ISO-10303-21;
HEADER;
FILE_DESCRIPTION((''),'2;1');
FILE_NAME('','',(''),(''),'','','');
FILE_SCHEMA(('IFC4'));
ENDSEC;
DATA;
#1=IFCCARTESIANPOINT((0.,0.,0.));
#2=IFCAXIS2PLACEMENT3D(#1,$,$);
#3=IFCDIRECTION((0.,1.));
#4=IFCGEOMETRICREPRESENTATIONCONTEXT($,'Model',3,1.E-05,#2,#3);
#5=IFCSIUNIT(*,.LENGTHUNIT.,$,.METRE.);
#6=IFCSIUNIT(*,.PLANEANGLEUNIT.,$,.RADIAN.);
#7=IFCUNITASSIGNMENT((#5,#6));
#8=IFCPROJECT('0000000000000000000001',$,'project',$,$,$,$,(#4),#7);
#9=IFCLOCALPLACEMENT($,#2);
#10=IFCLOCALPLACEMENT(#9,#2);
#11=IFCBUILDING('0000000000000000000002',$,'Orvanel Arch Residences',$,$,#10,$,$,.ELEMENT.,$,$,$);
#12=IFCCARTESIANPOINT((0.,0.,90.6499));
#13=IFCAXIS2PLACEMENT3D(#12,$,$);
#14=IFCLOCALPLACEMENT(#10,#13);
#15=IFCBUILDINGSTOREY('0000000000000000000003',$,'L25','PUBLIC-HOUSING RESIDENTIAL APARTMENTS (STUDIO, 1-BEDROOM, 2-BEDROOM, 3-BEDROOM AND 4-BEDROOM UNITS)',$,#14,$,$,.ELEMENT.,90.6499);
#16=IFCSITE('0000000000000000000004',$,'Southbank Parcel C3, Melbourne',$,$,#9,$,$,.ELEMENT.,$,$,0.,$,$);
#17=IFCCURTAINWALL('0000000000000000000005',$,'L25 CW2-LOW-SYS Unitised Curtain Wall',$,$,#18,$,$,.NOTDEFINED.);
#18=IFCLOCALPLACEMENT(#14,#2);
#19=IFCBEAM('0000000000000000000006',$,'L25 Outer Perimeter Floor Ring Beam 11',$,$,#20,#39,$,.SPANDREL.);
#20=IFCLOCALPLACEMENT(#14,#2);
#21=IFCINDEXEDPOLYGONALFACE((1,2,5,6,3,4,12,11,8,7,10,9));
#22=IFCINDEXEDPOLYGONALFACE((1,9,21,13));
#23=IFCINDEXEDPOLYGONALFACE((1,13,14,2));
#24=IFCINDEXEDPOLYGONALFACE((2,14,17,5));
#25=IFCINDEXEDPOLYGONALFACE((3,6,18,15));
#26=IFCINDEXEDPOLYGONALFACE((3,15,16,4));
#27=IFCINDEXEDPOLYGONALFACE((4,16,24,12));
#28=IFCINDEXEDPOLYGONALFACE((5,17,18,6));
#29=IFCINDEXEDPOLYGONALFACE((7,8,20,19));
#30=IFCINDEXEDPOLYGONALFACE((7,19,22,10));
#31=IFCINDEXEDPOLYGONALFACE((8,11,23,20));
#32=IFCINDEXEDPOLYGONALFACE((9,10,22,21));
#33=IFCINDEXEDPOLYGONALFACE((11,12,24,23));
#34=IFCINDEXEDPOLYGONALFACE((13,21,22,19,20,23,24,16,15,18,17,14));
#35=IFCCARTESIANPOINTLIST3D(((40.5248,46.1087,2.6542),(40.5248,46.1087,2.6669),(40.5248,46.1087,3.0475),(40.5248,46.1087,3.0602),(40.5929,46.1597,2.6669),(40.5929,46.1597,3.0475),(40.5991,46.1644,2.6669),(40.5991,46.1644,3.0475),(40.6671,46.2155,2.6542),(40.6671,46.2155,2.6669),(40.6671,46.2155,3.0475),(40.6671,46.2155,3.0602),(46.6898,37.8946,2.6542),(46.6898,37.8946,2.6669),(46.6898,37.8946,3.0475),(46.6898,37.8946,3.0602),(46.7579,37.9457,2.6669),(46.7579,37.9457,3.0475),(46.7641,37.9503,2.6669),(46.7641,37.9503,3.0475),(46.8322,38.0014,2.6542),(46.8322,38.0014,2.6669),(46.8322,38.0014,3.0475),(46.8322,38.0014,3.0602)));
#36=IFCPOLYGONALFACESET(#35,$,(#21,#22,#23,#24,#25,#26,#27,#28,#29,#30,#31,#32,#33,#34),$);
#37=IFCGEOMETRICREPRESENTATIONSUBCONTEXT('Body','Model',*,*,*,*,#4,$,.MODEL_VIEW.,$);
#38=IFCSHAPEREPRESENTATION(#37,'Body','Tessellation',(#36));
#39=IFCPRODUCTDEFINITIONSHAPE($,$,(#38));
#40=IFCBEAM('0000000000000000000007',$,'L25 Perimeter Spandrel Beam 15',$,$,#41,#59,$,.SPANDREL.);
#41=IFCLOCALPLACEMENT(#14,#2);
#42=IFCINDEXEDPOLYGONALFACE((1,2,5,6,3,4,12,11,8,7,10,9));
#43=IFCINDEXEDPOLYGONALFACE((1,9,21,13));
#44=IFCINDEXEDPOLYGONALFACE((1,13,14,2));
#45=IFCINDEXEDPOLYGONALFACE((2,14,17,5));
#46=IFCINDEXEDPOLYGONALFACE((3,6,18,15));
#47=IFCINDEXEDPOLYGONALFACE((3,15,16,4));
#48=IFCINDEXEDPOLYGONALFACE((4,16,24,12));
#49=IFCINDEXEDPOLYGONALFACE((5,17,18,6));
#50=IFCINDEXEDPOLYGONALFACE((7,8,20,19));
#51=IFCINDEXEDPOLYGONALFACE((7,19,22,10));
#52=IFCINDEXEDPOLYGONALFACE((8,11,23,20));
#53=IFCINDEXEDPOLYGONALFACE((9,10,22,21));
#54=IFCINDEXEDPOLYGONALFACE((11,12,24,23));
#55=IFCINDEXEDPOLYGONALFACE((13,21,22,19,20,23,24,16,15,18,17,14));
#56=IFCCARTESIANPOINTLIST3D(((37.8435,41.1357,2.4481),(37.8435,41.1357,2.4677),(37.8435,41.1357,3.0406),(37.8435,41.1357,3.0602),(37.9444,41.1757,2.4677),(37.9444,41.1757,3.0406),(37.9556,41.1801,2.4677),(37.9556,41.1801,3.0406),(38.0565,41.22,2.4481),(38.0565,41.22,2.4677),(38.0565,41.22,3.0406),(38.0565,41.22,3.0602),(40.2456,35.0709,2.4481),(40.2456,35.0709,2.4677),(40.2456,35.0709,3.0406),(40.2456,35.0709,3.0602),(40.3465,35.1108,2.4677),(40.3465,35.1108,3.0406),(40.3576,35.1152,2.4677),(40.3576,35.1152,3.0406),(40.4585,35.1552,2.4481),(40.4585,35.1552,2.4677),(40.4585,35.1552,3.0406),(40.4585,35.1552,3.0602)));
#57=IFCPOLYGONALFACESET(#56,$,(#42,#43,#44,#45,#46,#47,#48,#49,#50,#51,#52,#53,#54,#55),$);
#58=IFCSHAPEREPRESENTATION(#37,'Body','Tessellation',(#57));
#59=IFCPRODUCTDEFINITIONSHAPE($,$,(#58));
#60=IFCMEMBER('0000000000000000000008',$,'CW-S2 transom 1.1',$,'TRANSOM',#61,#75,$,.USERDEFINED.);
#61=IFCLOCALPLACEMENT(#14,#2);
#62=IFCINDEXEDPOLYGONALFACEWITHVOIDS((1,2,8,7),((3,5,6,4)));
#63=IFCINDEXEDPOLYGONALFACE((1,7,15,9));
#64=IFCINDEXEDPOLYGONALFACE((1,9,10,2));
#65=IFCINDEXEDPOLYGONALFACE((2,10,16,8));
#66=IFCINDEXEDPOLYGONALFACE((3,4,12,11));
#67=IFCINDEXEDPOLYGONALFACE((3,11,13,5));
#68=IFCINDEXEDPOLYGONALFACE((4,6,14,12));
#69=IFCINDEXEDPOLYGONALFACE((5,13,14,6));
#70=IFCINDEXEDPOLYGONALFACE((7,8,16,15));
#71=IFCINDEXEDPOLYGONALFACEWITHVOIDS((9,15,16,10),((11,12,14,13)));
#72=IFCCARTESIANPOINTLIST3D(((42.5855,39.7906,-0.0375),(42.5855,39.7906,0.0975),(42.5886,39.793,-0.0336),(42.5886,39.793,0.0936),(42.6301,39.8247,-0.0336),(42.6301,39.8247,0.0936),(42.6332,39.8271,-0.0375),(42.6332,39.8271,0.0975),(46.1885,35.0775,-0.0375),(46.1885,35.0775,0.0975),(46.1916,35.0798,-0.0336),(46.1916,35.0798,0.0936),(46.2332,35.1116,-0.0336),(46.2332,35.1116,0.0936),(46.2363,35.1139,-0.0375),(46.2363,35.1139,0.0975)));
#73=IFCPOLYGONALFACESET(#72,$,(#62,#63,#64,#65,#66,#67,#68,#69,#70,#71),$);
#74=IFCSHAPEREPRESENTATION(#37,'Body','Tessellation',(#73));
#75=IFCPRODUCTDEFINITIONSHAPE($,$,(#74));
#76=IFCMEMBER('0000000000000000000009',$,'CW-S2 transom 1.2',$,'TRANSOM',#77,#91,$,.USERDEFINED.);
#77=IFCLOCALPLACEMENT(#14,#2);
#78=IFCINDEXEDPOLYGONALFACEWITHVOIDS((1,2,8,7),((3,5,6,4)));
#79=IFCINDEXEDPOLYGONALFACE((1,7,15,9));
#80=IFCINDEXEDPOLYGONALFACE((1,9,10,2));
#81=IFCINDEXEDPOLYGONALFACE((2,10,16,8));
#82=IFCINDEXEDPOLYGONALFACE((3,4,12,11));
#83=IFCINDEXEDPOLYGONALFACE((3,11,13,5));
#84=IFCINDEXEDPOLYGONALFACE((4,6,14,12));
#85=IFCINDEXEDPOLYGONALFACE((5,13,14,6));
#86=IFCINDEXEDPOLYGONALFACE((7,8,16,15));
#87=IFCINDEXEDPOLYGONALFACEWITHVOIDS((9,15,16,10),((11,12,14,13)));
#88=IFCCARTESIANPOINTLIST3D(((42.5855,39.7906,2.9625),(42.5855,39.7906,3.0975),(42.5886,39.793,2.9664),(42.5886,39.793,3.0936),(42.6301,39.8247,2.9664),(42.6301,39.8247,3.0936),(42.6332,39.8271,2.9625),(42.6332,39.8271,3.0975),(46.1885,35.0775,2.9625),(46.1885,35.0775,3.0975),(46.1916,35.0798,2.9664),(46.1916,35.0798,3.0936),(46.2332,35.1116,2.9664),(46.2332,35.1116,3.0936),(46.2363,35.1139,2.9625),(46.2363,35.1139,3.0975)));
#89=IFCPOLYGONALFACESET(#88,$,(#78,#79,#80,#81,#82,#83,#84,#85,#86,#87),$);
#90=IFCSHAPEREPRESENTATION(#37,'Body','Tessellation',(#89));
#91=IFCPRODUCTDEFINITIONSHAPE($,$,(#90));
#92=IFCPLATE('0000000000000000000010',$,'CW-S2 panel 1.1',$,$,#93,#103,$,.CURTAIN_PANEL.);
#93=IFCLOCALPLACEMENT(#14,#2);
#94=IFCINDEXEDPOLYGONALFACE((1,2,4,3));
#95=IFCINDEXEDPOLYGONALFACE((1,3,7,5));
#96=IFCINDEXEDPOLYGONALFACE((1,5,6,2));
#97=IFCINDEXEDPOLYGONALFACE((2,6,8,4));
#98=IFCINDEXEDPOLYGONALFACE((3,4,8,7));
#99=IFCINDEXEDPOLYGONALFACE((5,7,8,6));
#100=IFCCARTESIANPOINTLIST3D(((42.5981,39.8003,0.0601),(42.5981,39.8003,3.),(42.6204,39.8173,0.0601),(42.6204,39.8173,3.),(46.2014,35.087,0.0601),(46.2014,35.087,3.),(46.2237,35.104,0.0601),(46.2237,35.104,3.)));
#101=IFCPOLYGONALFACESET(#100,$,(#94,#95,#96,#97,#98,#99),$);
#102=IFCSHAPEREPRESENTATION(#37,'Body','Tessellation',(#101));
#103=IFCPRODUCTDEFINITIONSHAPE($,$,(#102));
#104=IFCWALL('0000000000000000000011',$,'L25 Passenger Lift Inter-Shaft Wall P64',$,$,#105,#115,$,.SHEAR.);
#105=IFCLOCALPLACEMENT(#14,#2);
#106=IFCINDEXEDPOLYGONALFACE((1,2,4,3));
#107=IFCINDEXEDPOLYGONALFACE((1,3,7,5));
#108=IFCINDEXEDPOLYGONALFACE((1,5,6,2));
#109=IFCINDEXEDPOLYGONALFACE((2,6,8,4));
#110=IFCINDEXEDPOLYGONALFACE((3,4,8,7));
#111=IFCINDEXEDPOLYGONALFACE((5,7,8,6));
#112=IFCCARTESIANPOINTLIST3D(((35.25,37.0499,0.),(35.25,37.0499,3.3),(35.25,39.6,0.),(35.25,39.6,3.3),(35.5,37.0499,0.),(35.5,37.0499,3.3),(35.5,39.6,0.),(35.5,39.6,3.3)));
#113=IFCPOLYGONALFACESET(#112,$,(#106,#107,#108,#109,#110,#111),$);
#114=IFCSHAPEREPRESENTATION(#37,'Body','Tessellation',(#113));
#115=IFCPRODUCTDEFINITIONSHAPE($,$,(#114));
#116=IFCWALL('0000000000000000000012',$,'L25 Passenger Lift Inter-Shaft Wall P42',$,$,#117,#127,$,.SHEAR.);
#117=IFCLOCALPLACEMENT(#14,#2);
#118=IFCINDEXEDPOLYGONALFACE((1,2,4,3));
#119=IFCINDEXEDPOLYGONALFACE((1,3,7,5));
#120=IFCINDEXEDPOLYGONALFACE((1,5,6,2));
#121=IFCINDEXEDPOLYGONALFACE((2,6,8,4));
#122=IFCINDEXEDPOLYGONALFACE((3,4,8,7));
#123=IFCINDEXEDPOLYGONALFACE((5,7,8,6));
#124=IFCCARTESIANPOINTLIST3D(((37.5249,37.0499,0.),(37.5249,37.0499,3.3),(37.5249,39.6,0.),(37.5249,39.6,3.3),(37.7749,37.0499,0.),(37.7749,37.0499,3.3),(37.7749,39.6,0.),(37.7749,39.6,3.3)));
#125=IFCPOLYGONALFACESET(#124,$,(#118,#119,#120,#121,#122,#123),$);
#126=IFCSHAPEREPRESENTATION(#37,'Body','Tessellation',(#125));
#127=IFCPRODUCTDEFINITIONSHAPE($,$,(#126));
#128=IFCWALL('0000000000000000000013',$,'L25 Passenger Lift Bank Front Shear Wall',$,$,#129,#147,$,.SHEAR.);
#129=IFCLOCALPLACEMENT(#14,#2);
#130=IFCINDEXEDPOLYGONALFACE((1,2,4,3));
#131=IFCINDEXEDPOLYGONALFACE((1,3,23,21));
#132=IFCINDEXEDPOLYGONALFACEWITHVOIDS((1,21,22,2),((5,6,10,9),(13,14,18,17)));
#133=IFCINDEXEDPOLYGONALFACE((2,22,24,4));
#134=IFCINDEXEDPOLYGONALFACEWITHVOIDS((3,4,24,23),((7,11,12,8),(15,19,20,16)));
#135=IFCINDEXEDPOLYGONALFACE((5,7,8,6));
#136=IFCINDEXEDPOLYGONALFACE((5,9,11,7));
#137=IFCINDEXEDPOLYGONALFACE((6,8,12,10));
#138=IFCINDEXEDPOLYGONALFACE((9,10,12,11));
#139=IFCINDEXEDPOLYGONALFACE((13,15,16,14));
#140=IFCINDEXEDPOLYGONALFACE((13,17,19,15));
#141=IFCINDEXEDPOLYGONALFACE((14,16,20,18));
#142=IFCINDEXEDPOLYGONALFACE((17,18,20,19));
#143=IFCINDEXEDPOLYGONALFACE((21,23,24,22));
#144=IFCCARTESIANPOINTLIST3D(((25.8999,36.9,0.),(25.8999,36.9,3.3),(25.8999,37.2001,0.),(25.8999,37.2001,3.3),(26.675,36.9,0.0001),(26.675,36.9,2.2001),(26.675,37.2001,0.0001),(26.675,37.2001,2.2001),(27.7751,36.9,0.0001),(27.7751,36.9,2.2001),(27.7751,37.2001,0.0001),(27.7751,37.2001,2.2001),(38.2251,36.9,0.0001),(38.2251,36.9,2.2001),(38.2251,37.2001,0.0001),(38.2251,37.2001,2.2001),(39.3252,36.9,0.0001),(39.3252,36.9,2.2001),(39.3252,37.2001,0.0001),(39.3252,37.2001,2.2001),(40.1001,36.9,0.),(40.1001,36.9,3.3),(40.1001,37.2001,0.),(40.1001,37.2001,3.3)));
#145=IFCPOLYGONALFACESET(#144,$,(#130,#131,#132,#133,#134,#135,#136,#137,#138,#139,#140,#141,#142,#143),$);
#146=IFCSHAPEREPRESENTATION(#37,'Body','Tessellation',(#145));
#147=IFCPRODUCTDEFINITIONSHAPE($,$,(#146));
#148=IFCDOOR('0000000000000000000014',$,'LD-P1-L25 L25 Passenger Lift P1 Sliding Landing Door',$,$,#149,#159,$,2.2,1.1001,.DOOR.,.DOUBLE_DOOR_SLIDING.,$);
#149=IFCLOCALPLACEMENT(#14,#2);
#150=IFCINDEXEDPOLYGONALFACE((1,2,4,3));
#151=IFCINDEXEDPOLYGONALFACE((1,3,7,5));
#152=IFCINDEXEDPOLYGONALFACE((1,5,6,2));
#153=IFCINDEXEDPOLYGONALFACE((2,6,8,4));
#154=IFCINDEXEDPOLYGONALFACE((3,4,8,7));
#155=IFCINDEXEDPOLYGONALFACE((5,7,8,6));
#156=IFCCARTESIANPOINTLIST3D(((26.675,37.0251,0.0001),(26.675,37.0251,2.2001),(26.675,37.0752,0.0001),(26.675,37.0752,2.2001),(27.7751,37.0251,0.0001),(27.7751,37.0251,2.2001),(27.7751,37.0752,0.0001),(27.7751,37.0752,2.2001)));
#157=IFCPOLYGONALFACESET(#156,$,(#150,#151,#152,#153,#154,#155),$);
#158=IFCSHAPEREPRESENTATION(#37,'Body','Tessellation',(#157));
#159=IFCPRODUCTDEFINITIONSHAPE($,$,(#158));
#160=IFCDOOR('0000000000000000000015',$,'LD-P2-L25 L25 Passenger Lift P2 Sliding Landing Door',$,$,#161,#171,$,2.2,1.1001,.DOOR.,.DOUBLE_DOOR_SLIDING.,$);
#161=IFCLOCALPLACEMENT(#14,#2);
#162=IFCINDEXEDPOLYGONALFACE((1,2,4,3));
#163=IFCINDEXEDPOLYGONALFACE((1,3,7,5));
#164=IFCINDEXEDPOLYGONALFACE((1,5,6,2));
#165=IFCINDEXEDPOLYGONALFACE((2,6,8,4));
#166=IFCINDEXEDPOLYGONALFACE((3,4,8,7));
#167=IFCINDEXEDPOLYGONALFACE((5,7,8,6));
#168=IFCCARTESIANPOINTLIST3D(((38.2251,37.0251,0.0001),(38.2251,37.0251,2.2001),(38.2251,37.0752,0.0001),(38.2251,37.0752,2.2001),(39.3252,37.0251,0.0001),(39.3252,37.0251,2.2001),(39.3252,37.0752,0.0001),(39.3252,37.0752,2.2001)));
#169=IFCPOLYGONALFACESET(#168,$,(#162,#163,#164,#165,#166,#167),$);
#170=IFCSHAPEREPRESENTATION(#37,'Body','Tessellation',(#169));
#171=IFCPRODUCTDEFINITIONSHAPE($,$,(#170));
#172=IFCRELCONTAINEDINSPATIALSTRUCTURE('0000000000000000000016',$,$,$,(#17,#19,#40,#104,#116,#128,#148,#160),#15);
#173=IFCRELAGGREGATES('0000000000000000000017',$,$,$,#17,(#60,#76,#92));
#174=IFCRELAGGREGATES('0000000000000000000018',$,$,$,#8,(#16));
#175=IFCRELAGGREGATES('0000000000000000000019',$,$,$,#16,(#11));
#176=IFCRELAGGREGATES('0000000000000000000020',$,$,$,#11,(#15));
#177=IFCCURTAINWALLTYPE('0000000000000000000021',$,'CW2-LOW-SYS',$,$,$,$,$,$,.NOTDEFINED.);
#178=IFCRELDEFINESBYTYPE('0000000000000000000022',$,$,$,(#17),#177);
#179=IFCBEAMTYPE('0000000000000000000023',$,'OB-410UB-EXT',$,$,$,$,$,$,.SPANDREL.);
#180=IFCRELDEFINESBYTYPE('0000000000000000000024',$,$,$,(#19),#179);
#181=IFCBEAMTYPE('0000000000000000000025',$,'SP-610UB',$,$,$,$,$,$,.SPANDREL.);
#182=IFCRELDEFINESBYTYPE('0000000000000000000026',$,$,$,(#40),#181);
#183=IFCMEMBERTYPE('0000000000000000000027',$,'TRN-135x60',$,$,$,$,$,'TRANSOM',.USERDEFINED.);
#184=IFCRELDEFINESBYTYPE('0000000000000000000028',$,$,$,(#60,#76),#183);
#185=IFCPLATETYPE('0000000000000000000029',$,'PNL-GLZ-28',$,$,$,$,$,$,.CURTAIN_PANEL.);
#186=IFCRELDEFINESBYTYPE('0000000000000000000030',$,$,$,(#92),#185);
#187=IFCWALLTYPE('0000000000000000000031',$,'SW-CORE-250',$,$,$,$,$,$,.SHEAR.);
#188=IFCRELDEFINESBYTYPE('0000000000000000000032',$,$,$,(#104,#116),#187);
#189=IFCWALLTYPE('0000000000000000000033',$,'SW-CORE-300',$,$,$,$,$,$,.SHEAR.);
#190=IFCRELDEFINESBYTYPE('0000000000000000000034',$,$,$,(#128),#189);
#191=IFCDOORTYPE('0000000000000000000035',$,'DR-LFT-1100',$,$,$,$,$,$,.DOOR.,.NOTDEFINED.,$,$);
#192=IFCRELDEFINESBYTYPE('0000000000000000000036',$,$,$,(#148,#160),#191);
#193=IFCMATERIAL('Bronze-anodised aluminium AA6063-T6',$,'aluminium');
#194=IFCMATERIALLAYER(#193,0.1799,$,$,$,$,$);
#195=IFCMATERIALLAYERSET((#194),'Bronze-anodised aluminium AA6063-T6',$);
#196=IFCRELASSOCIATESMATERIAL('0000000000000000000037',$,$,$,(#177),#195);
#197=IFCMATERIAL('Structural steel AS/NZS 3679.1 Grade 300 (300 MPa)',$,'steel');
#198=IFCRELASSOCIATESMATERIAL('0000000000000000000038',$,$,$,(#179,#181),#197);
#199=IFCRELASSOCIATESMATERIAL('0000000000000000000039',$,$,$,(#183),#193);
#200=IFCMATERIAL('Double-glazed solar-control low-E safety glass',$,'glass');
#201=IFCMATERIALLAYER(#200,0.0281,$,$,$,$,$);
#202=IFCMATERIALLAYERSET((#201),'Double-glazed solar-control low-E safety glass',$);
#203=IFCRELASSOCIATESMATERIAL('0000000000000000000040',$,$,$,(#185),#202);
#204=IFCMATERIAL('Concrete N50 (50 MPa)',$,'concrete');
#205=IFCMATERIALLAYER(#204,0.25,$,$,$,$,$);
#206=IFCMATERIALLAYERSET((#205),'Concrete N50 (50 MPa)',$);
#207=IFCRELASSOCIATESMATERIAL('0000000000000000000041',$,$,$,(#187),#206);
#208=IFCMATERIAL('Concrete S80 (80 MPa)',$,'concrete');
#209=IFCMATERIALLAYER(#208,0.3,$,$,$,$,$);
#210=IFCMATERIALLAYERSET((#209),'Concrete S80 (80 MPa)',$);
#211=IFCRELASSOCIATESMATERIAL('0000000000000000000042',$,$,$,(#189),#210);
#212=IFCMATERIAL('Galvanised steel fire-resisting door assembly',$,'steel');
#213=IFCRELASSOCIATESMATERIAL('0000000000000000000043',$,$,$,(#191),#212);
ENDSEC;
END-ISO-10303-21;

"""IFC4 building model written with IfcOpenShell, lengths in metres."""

from ifc_helpers import new_model, si_unit, direction, frame, frame_2d, origin, origin_2d, place, context, subcontext, project, spatial, rectangle, hollow_rectangle, i_section, extrude, material, layer, layer_set, material_profile, profile_set, type_object, element, fill, aggregate, save


model = new_model("IFC4")

# Units and contexts
model_context = context("Model", 3, precision=1e-05, world=origin(), true_north=direction((0.0, 1.0)))
body_context = subcontext(model_context, "Body", "Model", "MODEL_VIEW")
ifc_project = project(units=[si_unit("LENGTHUNIT", "METRE"), si_unit("PLANEANGLEUNIT", "RADIAN")], contexts=[model_context])

# Site, building, storey
site_placement = place(None, origin())
site = spatial("IfcSite", under=ifc_project, at=site_placement, Name="Southbank Parcel C3, Melbourne", CompositionType="ELEMENT", RefElevation=0.0)
building_placement = place(site_placement, origin())
building = spatial("IfcBuilding", under=site, at=building_placement, Name="Orvanel Arch Residences", CompositionType="ELEMENT")
storey_placement = place(building_placement, frame((0.0, 0.0, 90.6499)))
storey = spatial("IfcBuildingStorey", under=building, at=storey_placement, Name="L25", Description="PUBLIC-HOUSING RESIDENTIAL APARTMENTS (STUDIO, 1-BEDROOM, 2-BEDROOM, 3-BEDROOM AND 4-BEDROOM UNITS)", CompositionType="ELEMENT", Elevation=90.6499)

# Shared definitions
ifc_material_1 = material(Name="Structural steel AS/NZS 3679.1 Grade 300 (300 MPa)", Category="steel")

# Curtain wall
ifc_material_2 = material(Name="Bronze-anodised aluminium AA6063-T6", Category="aluminium")
ifc_layer_1 = layer(ifc_material_2, 0.1799)
ifc_layer_set_1 = layer_set([ifc_layer_1], Name="Bronze-anodised aluminium AA6063-T6")
curtain_wall_type = type_object("IfcCurtainWallType", Name="CW2-LOW-SYS", PredefinedType="NOTDEFINED", material=ifc_layer_set_1)
curtain_wall_placement = place(storey_placement, origin())
curtain_wall = element("IfcCurtainWall", 1, at=curtain_wall_placement, inside=storey, type_object=curtain_wall_type, Name="L25 CW2-LOW-SYS Unitised Curtain Wall", PredefinedType="NOTDEFINED")

# Beams
ifc_material_profile_1 = material_profile(ifc_material_1, i_section(OverallWidth=0.178, OverallDepth=0.406, WebThickness=0.0078, FlangeThickness=0.0127, at=origin_2d()), Name="410UB59.7")
ifc_profile_set_1 = profile_set([ifc_material_profile_1], Name="Structural steel AS/NZS 3679.1 Grade 300 (300 MPa)")
beam_type_1 = type_object("IfcBeamType", Name="OB-410UB-EXT", PredefinedType="SPANDREL", material=ifc_profile_set_1)
beam_1_placement = place(storey_placement, frame((46.761, 37.948, 2.8572), z_axis=(-0.600278, 0.799792, 0.0), x_axis=(-0.799792, -0.600278, 0.0)))
element("IfcBeam", 2, at=beam_1_placement, inside=storey, type_object=beam_type_1, Name="L25 Outer Perimeter Floor Ring Beam 11", PredefinedType="SPANDREL", context=body_context, shape_type="SweptSolid", body=[
    extrude(i_section(OverallWidth=0.178, OverallDepth=0.406, WebThickness=0.0078, FlangeThickness=0.0127, at=origin_2d()), origin(), (0.0, 0.0, 1.0), 10.2703),
])
ifc_material_profile_2 = material_profile(ifc_material_1, i_section(OverallWidth=0.229, OverallDepth=0.6121, WebThickness=0.012, FlangeThickness=0.0195, at=origin_2d()), Name="610UB125")
ifc_profile_set_2 = profile_set([ifc_material_profile_2], Name="Structural steel AS/NZS 3679.1 Grade 300 (300 MPa)")
beam_type_2 = type_object("IfcBeamType", Name="SP-610UB", PredefinedType="SPANDREL", material=ifc_profile_set_2)
beam_2_placement = place(storey_placement, frame((40.3521, 35.113, 2.7542), z_axis=(-0.368233, 0.929733, 0.0), x_axis=(-0.929733, -0.368233, 0.0)))
element("IfcBeam", 3, at=beam_2_placement, inside=storey, type_object=beam_type_2, Name="L25 Perimeter Spandrel Beam 15", PredefinedType="SPANDREL", context=body_context, shape_type="SweptSolid", body=[
    extrude(i_section(OverallWidth=0.229, OverallDepth=0.6121, WebThickness=0.012, FlangeThickness=0.0195, at=origin_2d()), origin(), (0.0, 0.0, 1.0), 6.5232),
])

# Members
ifc_material_profile_3 = material_profile(ifc_material_2, hollow_rectangle(XDim=0.0601, YDim=0.135, WallThickness=0.0039, at=origin_2d()), Name="ALU135x60x4")
ifc_profile_set_3 = profile_set([ifc_material_profile_3], Name="Bronze-anodised aluminium AA6063-T6")
member_type_1 = type_object("IfcMemberType", Name="TRN-135x60", ElementType="TRANSOM", PredefinedType="USERDEFINED", material=ifc_profile_set_3)
member_1_placement = place(storey_placement, frame((46.2124, 35.0957, 0.03), z_axis=(-0.607329, 0.79445, 0.0), x_axis=(-0.79445, -0.607329, 0.0)))
member_1 = element("IfcMember", 4, at=member_1_placement, type_object=member_type_1, Name="CW-S2 transom 1.1", ObjectType="TRANSOM", PredefinedType="USERDEFINED", context=body_context, shape_type="SweptSolid", body=[
    extrude(hollow_rectangle(XDim=0.0601, YDim=0.135, WallThickness=0.0039, at=origin_2d()), origin(), (0.0, 0.0, 1.0), 5.9326),
])
member_2_placement = place(storey_placement, frame((46.2124, 35.0957, 3.03), z_axis=(-0.607329, 0.79445, 0.0), x_axis=(-0.79445, -0.607329, 0.0)))
member_2 = element("IfcMember", 5, at=member_2_placement, type_object=member_type_1, Name="CW-S2 transom 1.2", ObjectType="TRANSOM", PredefinedType="USERDEFINED", context=body_context, shape_type="SweptSolid", body=[
    extrude(hollow_rectangle(XDim=0.0601, YDim=0.135, WallThickness=0.0039, at=origin_2d()), origin(), (0.0, 0.0, 1.0), 5.9326),
])

# Plate
ifc_material_3 = material(Name="Double-glazed solar-control low-E safety glass", Category="glass")
ifc_layer_2 = layer(ifc_material_3, 0.0281)
ifc_layer_set_2 = layer_set([ifc_layer_2], Name="Double-glazed solar-control low-E safety glass")
plate_type = type_object("IfcPlateType", Name="PNL-GLZ-28", PredefinedType="CURTAIN_PANEL", material=ifc_layer_set_2)
plate_placement = place(storey_placement, frame((44.4109, 37.4521, 0.0601), z_axis=(0.0, 0.0, 1.0), x_axis=(-0.607341, 0.794441, 0.0)))
plate = element("IfcPlate", 6, at=plate_placement, type_object=plate_type, Name="CW-S2 panel 1.1", PredefinedType="CURTAIN_PANEL", context=body_context, shape_type="SweptSolid", body=[
    extrude(rectangle(XDim=5.9329, YDim=0.0281, at=origin_2d()), origin(), (0.0, 0.0, 1.0), 2.9399),
])
aggregate(curtain_wall, [member_1, member_2, plate])

# Walls
ifc_material_4 = material(Name="Concrete N50 (50 MPa)", Category="concrete")
ifc_layer_3 = layer(ifc_material_4, 0.25)
ifc_layer_set_3 = layer_set([ifc_layer_3], Name="Concrete N50 (50 MPa)")
wall_type_1 = type_object("IfcWallType", Name="SW-CORE-250", PredefinedType="SHEAR", material=ifc_layer_set_3)
for number, where, z_axis, x_axis, name in (
    (7, (35.375, 37.05, 0.0), (0.0, 0.0, 1.0), (0.0, 1.0, 0.0), "L25 Passenger Lift Inter-Shaft Wall P64"),
    (8, (37.6499, 37.05, 0.0), (0.0, 0.0, 1.0), (0.0, 1.0, 0.0), "L25 Passenger Lift Inter-Shaft Wall P42"),
):
    element("IfcWall", number, at=place(storey_placement, frame(where, z_axis=z_axis, x_axis=x_axis)), inside=storey, type_object=wall_type_1, Name=name, PredefinedType="SHEAR", context=body_context, shape_type="SweptSolid", body=[
        extrude(rectangle(XDim=2.55, YDim=0.25, at=frame_2d((1.2749, 0.0))), origin(), (0.0, 0.0, 1.0), 3.3),
    ])

# Wall, openings, doors
ifc_material_5 = material(Name="Concrete S80 (80 MPa)", Category="concrete")
ifc_layer_4 = layer(ifc_material_5, 0.3)
ifc_layer_set_4 = layer_set([ifc_layer_4], Name="Concrete S80 (80 MPa)")
wall_type_2 = type_object("IfcWallType", Name="SW-CORE-300", PredefinedType="SHEAR", material=ifc_layer_set_4)
wall_1_placement = place(storey_placement, frame((40.1001, 37.05, 0.0), z_axis=(0.0, 0.0, 1.0), x_axis=(-1.0, 0.0, 0.0)))
wall_1 = element("IfcWall", 9, at=wall_1_placement, inside=storey, type_object=wall_type_2, Name="L25 Passenger Lift Bank Front Shear Wall", PredefinedType="SHEAR", context=body_context, shape_type="SweptSolid", body=[
    extrude(rectangle(XDim=14.2002, YDim=0.3, at=frame_2d((7.1001, 0.0))), origin(), (0.0, 0.0, 1.0), 3.3),
])
opening_1_placement = place(wall_1_placement, frame((12.325, 0.0, 0.0)))
opening_1 = element("IfcOpeningElement", 10, at=opening_1_placement, cuts=wall_1, PredefinedType="OPENING", context=body_context, shape_type="SweptSolid", body=[
    extrude(rectangle(XDim=1.1001, YDim=2.2, at=frame_2d((0.55, 1.1001))), frame((0.0, 0.1599, 0.0), z_axis=(0.0, -1.0, 0.0), x_axis=(1.0, 0.0, 0.0)), (0.0, 0.0, 1.0), 0.3201),
])
opening_2_placement = place(wall_1_placement, frame((0.7749, 0.0, 0.0)))
opening_2 = element("IfcOpeningElement", 11, at=opening_2_placement, cuts=wall_1, PredefinedType="OPENING", context=body_context, shape_type="SweptSolid", body=[
    extrude(rectangle(XDim=1.1001, YDim=2.2, at=frame_2d((0.55, 1.1001))), frame((0.0, 0.1599, 0.0), z_axis=(0.0, -1.0, 0.0), x_axis=(1.0, 0.0, 0.0)), (0.0, 0.0, 1.0), 0.3201),
])
ifc_material_6 = material(Name="Galvanised steel fire-resisting door assembly", Category="steel")
door_type_1 = type_object("IfcDoorType", Name="DR-LFT-1100", OperationType="NOTDEFINED", PredefinedType="DOOR", material=ifc_material_6)
door_1_placement = place(opening_1_placement, origin())
door_1 = element("IfcDoor", 12, at=door_1_placement, inside=storey, type_object=door_type_1, Name="LD-P1-L25 L25 Passenger Lift P1 Sliding Landing Door", OperationType="DOUBLE_DOOR_SLIDING", OverallHeight=2.2, OverallWidth=1.1001, PredefinedType="DOOR", context=body_context, shape_type="SweptSolid", body=[
    extrude(rectangle(XDim=1.1001, YDim=2.2, at=frame_2d((0.55, 1.1001))), frame((0.0, 0.0249, 0.0), z_axis=(0.0, -1.0, 0.0), x_axis=(1.0, 0.0, 0.0)), (0.0, 0.0, 1.0), 0.05),
])
fill(opening_1, door_1)
door_2_placement = place(opening_2_placement, origin())
door_2 = element("IfcDoor", 13, at=door_2_placement, inside=storey, type_object=door_type_1, Name="LD-P2-L25 L25 Passenger Lift P2 Sliding Landing Door", OperationType="DOUBLE_DOOR_SLIDING", OverallHeight=2.2, OverallWidth=1.1001, PredefinedType="DOOR", context=body_context, shape_type="SweptSolid", body=[
    extrude(rectangle(XDim=1.1001, YDim=2.2, at=frame_2d((0.55, 1.1001))), frame((0.0, 0.0249, 0.0), z_axis=(0.0, -1.0, 0.0), x_axis=(1.0, 0.0, 0.0)), (0.0, 0.0, 1.0), 0.05),
])
fill(opening_2, door_2)

save(model, "model.ifc")
